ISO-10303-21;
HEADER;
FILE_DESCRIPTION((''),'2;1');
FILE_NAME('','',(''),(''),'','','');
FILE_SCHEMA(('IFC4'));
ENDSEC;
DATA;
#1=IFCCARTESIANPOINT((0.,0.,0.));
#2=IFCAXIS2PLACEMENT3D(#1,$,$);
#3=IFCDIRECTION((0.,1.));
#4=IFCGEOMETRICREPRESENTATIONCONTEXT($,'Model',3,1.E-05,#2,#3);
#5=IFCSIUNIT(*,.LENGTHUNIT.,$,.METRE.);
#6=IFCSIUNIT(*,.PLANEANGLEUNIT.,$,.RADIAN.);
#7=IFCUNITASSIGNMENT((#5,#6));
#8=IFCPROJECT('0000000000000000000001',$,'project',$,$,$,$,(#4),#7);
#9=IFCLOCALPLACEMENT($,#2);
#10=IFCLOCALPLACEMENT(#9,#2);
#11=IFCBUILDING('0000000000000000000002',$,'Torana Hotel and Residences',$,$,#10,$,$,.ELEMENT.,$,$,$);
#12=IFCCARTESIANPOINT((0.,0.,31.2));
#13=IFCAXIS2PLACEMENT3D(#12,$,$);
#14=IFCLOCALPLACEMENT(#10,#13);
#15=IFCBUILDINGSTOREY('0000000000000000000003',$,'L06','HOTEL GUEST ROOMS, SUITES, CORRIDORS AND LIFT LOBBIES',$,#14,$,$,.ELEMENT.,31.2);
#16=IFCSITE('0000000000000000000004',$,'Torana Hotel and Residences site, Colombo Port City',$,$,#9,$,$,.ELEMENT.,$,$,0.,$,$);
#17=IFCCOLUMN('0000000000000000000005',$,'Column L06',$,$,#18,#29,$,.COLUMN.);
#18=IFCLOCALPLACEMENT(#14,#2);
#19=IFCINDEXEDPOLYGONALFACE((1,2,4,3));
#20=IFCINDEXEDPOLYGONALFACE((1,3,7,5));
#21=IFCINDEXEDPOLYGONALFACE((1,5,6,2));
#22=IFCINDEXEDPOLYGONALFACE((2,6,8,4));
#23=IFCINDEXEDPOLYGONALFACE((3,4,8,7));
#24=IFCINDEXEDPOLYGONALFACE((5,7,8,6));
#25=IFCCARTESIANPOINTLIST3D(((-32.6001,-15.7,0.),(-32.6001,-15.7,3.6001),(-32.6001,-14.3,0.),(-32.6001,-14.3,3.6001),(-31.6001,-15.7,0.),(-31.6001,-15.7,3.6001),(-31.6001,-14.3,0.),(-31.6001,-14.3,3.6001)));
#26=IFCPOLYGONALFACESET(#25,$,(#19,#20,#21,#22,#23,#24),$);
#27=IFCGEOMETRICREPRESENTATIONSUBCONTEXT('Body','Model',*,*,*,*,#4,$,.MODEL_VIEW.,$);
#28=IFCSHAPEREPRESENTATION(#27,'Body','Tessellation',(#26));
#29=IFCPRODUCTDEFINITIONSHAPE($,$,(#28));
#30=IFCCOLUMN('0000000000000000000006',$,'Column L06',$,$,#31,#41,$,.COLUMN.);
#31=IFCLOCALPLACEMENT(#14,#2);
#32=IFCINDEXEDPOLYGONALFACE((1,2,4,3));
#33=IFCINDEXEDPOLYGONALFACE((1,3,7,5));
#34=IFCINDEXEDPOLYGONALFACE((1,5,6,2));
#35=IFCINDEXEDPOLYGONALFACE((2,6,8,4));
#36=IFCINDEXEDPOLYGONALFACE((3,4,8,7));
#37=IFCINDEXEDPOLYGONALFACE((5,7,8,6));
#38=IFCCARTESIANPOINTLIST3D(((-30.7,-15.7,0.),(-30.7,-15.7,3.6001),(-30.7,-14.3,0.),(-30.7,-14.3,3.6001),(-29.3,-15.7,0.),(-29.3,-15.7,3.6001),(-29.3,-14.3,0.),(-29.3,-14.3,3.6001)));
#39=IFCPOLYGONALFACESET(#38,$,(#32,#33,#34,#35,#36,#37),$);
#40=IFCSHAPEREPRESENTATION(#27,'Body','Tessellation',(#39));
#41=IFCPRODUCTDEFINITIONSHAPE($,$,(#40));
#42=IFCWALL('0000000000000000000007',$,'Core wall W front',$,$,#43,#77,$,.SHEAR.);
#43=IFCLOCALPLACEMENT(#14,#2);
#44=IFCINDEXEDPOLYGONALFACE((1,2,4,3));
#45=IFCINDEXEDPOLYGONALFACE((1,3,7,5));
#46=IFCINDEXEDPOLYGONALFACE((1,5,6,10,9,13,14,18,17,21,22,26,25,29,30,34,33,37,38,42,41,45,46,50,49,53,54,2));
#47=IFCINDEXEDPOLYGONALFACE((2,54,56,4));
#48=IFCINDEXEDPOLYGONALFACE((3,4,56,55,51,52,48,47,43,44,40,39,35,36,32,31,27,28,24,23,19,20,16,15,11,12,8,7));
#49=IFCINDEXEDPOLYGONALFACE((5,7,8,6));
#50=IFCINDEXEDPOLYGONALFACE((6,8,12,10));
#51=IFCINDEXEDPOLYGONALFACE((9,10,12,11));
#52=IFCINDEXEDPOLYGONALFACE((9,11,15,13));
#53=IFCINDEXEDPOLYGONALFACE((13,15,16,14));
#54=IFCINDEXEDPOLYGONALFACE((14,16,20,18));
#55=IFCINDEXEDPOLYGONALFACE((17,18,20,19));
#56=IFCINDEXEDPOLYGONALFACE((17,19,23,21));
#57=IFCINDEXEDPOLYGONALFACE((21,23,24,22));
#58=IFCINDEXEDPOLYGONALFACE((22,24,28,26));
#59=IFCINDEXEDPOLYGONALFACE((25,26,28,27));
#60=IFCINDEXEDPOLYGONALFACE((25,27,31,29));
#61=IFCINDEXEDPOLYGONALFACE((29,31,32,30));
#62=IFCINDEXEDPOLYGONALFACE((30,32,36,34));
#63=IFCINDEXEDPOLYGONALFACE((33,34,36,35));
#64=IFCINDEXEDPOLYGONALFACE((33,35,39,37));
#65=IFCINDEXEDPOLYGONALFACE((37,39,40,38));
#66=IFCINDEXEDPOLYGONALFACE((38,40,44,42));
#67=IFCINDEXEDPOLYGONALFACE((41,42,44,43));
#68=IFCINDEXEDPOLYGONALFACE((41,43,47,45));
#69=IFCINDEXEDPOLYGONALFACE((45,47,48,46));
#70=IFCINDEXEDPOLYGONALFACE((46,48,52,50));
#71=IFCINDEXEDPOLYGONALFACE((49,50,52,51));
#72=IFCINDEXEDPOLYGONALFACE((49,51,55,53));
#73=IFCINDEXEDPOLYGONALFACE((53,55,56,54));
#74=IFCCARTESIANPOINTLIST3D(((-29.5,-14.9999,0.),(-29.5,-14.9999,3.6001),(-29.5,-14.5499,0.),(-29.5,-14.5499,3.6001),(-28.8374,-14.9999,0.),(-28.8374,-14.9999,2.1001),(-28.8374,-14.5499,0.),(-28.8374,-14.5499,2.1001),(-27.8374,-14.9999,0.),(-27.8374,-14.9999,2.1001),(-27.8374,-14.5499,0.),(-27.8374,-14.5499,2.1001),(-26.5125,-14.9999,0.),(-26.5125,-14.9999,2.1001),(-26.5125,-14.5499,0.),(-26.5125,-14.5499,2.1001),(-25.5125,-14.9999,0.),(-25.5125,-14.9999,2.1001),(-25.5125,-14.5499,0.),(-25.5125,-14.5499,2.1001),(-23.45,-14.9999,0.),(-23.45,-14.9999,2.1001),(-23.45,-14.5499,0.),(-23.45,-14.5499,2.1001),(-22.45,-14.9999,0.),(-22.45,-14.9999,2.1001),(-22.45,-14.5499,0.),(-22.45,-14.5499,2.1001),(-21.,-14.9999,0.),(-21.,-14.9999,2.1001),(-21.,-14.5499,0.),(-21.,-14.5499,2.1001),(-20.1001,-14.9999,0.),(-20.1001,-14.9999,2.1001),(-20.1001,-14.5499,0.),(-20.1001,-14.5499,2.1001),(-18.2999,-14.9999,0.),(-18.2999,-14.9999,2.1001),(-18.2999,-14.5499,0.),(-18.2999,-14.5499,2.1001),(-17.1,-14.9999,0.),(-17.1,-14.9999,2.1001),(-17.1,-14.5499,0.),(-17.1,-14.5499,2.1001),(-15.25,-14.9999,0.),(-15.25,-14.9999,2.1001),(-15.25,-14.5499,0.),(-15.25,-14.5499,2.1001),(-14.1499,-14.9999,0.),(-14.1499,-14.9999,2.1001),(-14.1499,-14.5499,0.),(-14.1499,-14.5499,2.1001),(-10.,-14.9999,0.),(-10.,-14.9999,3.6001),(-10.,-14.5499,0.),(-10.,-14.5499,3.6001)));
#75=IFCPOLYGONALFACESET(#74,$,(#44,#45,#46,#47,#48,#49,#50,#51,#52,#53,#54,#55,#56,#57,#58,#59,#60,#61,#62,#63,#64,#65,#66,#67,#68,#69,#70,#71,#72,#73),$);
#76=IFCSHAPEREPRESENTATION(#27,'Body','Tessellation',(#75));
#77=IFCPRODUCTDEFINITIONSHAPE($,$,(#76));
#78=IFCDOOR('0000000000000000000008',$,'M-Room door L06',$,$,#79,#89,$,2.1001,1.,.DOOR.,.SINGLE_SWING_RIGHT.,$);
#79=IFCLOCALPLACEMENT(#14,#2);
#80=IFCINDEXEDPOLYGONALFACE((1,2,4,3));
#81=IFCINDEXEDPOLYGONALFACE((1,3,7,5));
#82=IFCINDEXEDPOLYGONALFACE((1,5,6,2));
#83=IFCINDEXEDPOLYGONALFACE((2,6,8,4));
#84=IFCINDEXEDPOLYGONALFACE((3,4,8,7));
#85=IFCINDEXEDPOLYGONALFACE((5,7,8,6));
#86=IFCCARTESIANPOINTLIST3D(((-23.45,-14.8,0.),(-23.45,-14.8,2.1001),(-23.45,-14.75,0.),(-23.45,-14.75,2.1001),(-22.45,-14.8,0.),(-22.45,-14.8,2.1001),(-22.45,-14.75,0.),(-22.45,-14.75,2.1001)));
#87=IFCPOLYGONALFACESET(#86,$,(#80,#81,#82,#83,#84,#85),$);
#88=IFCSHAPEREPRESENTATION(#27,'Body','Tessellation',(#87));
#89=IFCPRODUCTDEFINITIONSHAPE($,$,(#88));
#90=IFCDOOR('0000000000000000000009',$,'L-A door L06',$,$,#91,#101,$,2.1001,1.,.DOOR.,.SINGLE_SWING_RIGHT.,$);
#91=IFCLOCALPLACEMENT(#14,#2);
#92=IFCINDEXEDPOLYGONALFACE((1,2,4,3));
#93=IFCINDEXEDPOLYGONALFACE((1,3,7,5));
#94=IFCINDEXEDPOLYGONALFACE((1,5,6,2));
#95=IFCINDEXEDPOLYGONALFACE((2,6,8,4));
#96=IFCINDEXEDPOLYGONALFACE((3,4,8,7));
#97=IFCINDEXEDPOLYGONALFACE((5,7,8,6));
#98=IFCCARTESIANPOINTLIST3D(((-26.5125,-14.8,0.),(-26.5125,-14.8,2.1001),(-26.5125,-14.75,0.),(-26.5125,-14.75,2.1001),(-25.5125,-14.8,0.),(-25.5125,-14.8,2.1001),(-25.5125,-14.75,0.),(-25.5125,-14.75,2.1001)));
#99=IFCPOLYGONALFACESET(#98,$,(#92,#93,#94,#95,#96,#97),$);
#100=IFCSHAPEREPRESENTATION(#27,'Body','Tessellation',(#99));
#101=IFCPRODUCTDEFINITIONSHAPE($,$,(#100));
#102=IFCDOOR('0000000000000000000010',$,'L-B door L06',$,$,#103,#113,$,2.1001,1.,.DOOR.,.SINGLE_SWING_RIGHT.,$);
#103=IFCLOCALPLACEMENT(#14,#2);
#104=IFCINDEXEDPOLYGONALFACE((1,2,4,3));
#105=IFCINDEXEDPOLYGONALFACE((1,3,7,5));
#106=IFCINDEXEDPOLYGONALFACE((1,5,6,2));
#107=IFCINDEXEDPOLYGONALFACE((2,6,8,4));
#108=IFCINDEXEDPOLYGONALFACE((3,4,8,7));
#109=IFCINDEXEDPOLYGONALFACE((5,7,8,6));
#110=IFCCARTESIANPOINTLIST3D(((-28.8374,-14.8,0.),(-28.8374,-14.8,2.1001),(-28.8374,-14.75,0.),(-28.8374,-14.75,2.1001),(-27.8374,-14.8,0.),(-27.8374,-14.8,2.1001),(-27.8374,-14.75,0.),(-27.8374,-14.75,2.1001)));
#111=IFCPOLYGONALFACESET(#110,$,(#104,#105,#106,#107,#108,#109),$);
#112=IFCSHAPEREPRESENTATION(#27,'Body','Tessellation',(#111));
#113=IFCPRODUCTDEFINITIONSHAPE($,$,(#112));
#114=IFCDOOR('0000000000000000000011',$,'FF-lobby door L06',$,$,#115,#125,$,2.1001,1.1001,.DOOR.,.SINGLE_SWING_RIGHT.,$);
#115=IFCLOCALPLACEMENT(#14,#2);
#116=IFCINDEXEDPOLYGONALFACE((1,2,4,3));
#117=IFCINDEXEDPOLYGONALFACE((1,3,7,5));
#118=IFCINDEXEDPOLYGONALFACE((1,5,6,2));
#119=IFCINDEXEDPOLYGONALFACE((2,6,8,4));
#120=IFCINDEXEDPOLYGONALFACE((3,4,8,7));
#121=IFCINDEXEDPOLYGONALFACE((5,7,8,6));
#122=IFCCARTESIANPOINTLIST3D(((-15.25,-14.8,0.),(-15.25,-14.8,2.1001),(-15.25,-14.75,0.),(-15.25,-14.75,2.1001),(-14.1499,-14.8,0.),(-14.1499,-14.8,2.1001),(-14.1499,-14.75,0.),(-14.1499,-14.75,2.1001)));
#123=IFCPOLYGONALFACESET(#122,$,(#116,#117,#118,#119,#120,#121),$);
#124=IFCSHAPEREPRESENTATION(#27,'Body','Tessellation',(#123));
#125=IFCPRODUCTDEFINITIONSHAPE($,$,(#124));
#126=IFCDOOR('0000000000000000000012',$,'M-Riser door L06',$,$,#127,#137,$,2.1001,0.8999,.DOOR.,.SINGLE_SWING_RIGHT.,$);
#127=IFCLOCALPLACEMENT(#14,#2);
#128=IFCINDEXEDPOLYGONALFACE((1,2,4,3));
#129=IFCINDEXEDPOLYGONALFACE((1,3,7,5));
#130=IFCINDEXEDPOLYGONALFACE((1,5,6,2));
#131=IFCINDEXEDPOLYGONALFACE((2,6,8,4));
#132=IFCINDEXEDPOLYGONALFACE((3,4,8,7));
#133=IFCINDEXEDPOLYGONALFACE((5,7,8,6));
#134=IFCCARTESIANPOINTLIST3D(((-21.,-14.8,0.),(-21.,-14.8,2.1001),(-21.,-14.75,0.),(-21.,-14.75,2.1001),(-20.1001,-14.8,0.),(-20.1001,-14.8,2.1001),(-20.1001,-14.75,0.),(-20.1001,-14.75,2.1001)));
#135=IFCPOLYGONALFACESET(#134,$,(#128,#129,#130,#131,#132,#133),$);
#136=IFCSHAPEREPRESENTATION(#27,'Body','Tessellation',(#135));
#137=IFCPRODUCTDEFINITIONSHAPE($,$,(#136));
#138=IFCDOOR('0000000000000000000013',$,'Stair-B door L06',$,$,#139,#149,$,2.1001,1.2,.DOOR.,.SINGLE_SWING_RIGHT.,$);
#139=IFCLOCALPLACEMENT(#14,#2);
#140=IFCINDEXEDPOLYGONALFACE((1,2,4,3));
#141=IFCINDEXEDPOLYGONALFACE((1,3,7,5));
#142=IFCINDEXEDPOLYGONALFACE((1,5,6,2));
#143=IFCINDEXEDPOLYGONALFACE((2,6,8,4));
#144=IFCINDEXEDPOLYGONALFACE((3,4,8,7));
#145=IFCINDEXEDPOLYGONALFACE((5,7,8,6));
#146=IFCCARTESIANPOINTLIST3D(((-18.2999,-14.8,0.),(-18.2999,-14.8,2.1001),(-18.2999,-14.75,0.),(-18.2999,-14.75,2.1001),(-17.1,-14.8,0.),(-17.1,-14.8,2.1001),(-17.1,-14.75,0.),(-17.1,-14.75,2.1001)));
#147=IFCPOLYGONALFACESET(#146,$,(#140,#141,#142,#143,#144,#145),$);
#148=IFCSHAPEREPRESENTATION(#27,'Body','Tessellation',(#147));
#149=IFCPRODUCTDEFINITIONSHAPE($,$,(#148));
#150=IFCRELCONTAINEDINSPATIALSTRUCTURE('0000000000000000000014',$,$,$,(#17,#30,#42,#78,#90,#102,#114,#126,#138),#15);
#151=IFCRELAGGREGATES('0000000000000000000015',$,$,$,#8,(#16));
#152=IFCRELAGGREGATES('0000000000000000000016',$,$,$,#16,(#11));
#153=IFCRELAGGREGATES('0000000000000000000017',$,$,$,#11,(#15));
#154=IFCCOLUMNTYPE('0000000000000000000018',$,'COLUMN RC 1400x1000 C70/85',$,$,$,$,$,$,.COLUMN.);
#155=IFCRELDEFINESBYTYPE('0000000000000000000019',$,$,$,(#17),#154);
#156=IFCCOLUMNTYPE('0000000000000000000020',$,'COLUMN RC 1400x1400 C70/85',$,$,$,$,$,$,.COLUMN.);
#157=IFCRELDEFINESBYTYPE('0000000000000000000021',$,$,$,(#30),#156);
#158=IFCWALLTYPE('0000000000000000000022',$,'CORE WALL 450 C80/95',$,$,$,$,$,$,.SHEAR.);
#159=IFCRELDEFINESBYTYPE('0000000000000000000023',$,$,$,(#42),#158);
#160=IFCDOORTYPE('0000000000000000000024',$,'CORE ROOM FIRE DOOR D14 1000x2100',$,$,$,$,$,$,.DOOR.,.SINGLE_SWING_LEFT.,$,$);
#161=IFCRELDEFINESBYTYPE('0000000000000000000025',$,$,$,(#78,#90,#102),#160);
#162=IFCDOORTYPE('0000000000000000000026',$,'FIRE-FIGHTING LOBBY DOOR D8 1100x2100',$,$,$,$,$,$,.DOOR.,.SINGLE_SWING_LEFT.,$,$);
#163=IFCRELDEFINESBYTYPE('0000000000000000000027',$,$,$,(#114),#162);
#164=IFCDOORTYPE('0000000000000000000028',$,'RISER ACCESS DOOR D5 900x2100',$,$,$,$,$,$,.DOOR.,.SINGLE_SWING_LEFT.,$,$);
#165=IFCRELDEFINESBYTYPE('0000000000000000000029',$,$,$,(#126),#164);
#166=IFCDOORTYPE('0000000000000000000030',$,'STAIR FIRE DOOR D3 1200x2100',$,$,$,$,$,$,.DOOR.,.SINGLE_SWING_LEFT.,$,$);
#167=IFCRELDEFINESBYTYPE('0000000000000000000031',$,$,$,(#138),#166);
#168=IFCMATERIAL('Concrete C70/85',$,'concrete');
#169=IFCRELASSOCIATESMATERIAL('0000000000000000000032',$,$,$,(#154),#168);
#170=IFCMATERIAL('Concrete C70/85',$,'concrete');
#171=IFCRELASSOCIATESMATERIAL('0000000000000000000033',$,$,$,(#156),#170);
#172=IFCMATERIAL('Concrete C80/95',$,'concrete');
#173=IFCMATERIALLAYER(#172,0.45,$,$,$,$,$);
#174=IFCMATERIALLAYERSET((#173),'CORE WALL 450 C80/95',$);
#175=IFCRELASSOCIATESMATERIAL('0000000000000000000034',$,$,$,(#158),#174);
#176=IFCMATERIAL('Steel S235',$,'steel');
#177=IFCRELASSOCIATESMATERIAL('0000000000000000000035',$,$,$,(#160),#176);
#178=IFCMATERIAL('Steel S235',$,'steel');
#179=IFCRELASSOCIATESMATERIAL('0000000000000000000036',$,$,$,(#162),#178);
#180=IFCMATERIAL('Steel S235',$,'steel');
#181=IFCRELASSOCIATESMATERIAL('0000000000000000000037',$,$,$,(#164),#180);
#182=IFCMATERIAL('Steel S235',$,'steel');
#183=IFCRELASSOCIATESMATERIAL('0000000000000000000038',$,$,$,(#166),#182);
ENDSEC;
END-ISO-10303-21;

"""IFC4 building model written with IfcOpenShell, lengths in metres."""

from ifc_helpers import new_model, si_unit, direction, frame, frame_2d, origin, origin_2d, place, context, subcontext, project, spatial, rectangle, extrude, material, layer, layer_set, material_profile, profile_set, type_object, element, fill, save


model = new_model("IFC4")

# Units and contexts
model_context = context("Model", 3, precision=1e-05, world=origin(), true_north=direction((0.0, 1.0)))
body_context = subcontext(model_context, "Body", "Model", "MODEL_VIEW")
ifc_project = project(units=[si_unit("LENGTHUNIT", "METRE"), si_unit("PLANEANGLEUNIT", "RADIAN")], contexts=[model_context])

# Site, building, storey
site_placement = place(None, origin())
site = spatial("IfcSite", under=ifc_project, at=site_placement, Name="Torana Hotel and Residences site, Colombo Port City", CompositionType="ELEMENT", RefElevation=0.0)
building_placement = place(site_placement, origin())
building = spatial("IfcBuilding", under=site, at=building_placement, Name="Torana Hotel and Residences", CompositionType="ELEMENT")
storey_placement = place(building_placement, frame((0.0, 0.0, 31.2)))
storey = spatial("IfcBuildingStorey", under=building, at=storey_placement, Name="L06", Description="HOTEL GUEST ROOMS, SUITES, CORRIDORS AND LIFT LOBBIES", CompositionType="ELEMENT", Elevation=31.2)

# Columns
ifc_material_1 = material(Name="Concrete C70/85", Category="concrete")
ifc_material_profile_1 = material_profile(ifc_material_1, rectangle(XDim=1.3999, YDim=1.0, at=origin_2d()), Name="RC 1400x1000")
ifc_profile_set_1 = profile_set([ifc_material_profile_1], Name="Concrete C70/85")
column_type_1 = type_object("IfcColumnType", Name="COLUMN RC 1400x1000 C70/85", PredefinedType="COLUMN", material=ifc_profile_set_1)
column_1_placement = place(storey_placement, frame((-32.1001, -15.0, 0.0), z_axis=(0.0, 0.0, 1.0), x_axis=(0.0, 1.0, 0.0)))
element("IfcColumn", 1, at=column_1_placement, inside=storey, type_object=column_type_1, Name="Column L06", PredefinedType="COLUMN", context=body_context, shape_type="SweptSolid", body=[
    extrude(rectangle(XDim=1.3999, YDim=1.0, at=origin_2d()), origin(), (0.0, 0.0, 1.0), 3.6001),
])
ifc_material_2 = material(Name="Concrete C70/85", Category="concrete")
ifc_material_profile_2 = material_profile(ifc_material_2, rectangle(XDim=1.3999, YDim=1.3999, at=origin_2d()), Name="RC 1400x1400")
ifc_profile_set_2 = profile_set([ifc_material_profile_2], Name="Concrete C70/85")
column_type_2 = type_object("IfcColumnType", Name="COLUMN RC 1400x1400 C70/85", PredefinedType="COLUMN", material=ifc_profile_set_2)
column_2_placement = place(storey_placement, frame((-30.0, -15.0, 0.0), z_axis=(0.0, 0.0, 1.0), x_axis=(1.0, 0.0, 0.0)))
element("IfcColumn", 2, at=column_2_placement, inside=storey, type_object=column_type_2, Name="Column L06", PredefinedType="COLUMN", context=body_context, shape_type="SweptSolid", body=[
    extrude(rectangle(XDim=1.3999, YDim=1.3999, at=origin_2d()), origin(), (0.0, 0.0, 1.0), 3.6001),
])

# Wall, openings, doors
ifc_material_3 = material(Name="Concrete C80/95", Category="concrete")
ifc_layer = layer(ifc_material_3, 0.45)
ifc_layer_set = layer_set([ifc_layer], Name="CORE WALL 450 C80/95")
wall_type = type_object("IfcWallType", Name="CORE WALL 450 C80/95", PredefinedType="SHEAR", material=ifc_layer_set)
wall_placement = place(storey_placement, frame((-29.5, -14.7749, 0.0), z_axis=(0.0, 0.0, 1.0), x_axis=(1.0, 0.0, 0.0)))
wall = element("IfcWall", 3, at=wall_placement, inside=storey, type_object=wall_type, Name="Core wall W front", PredefinedType="SHEAR", context=body_context, shape_type="SweptSolid", body=[
    extrude(rectangle(XDim=19.5, YDim=0.45, at=frame_2d((9.75, 0.0))), origin(), (0.0, 0.0, 1.0), 3.6001),
])
opening_1_placement = place(wall_placement, frame((11.2, 0.0, 0.0)))
opening_1 = element("IfcOpeningElement", 4, at=opening_1_placement, cuts=wall, PredefinedType="OPENING", context=body_context, shape_type="SweptSolid", body=[
    extrude(rectangle(XDim=1.2, YDim=2.1001, at=frame_2d((0.6001, 1.05))), frame((0.0, 0.2349, 0.0), z_axis=(0.0, -1.0, 0.0), x_axis=(1.0, 0.0, 0.0)), (0.0, 0.0, 1.0), 0.47),
])
opening_2_placement = place(wall_placement, frame((14.25, 0.0, 0.0)))
opening_2 = element("IfcOpeningElement", 5, at=opening_2_placement, cuts=wall, PredefinedType="OPENING", context=body_context, shape_type="SweptSolid", body=[
    extrude(rectangle(XDim=1.1001, YDim=2.1001, at=frame_2d((0.55, 1.05))), frame((0.0, 0.2349, 0.0), z_axis=(0.0, -1.0, 0.0), x_axis=(1.0, 0.0, 0.0)), (0.0, 0.0, 1.0), 0.47),
])
opening_3_placement = place(wall_placement, frame((8.5, 0.0, 0.0)))
opening_3 = element("IfcOpeningElement", 6, at=opening_3_placement, cuts=wall, PredefinedType="OPENING", context=body_context, shape_type="SweptSolid", body=[
    extrude(rectangle(XDim=0.8999, YDim=2.1001, at=frame_2d((0.45, 1.05))), frame((0.0, 0.2349, 0.0), z_axis=(0.0, -1.0, 0.0), x_axis=(1.0, 0.0, 0.0)), (0.0, 0.0, 1.0), 0.47),
])
opening_4_placement = place(wall_placement, frame((6.05, 0.0, 0.0)))
opening_4 = element("IfcOpeningElement", 7, at=opening_4_placement, cuts=wall, PredefinedType="OPENING", context=body_context, shape_type="SweptSolid", body=[
    extrude(rectangle(XDim=1.0, YDim=2.1001, at=frame_2d((0.5, 1.05))), frame((0.0, 0.2349, 0.0), z_axis=(0.0, -1.0, 0.0), x_axis=(1.0, 0.0, 0.0)), (0.0, 0.0, 1.0), 0.47),
])
opening_5_placement = place(wall_placement, frame((2.9875, 0.0, 0.0)))
opening_5 = element("IfcOpeningElement", 8, at=opening_5_placement, cuts=wall, PredefinedType="OPENING", context=body_context, shape_type="SweptSolid", body=[
    extrude(rectangle(XDim=1.0, YDim=2.1001, at=frame_2d((0.5, 1.05))), frame((0.0, 0.2349, 0.0), z_axis=(0.0, -1.0, 0.0), x_axis=(1.0, 0.0, 0.0)), (0.0, 0.0, 1.0), 0.47),
])
opening_6_placement = place(wall_placement, frame((0.6626, 0.0, 0.0)))
opening_6 = element("IfcOpeningElement", 9, at=opening_6_placement, cuts=wall, PredefinedType="OPENING", context=body_context, shape_type="SweptSolid", body=[
    extrude(rectangle(XDim=1.0, YDim=2.1001, at=frame_2d((0.5, 1.05))), frame((0.0, 0.2349, 0.0), z_axis=(0.0, -1.0, 0.0), x_axis=(1.0, 0.0, 0.0)), (0.0, 0.0, 1.0), 0.47),
])
ifc_material_4 = material(Name="Steel S235", Category="steel")
door_type_1 = type_object("IfcDoorType", Name="CORE ROOM FIRE DOOR D14 1000x2100", OperationType="SINGLE_SWING_LEFT", PredefinedType="DOOR", material=ifc_material_4)
door_1_placement = place(opening_4_placement, origin())
door_1 = element("IfcDoor", 10, at=door_1_placement, inside=storey, type_object=door_type_1, Name="M-Room door L06", OperationType="SINGLE_SWING_RIGHT", OverallHeight=2.1001, OverallWidth=1.0, PredefinedType="DOOR", context=body_context, shape_type="SweptSolid", body=[
    extrude(rectangle(XDim=1.0, YDim=2.1001, at=frame_2d((0.5, 1.05))), frame((0.0, 0.0249, 0.0), z_axis=(0.0, -1.0, 0.0), x_axis=(1.0, 0.0, 0.0)), (0.0, 0.0, 1.0), 0.05),
])
fill(opening_4, door_1)
door_2_placement = place(opening_5_placement, origin())
door_2 = element("IfcDoor", 11, at=door_2_placement, inside=storey, type_object=door_type_1, Name="L-A door L06", OperationType="SINGLE_SWING_RIGHT", OverallHeight=2.1001, OverallWidth=1.0, PredefinedType="DOOR", context=body_context, shape_type="SweptSolid", body=[
    extrude(rectangle(XDim=1.0, YDim=2.1001, at=frame_2d((0.5, 1.05))), frame((0.0, 0.0249, 0.0), z_axis=(0.0, -1.0, 0.0), x_axis=(1.0, 0.0, 0.0)), (0.0, 0.0, 1.0), 0.05),
])
fill(opening_5, door_2)
door_3_placement = place(opening_6_placement, origin())
door_3 = element("IfcDoor", 12, at=door_3_placement, inside=storey, type_object=door_type_1, Name="L-B door L06", OperationType="SINGLE_SWING_RIGHT", OverallHeight=2.1001, OverallWidth=1.0, PredefinedType="DOOR", context=body_context, shape_type="SweptSolid", body=[
    extrude(rectangle(XDim=1.0, YDim=2.1001, at=frame_2d((0.5, 1.05))), frame((0.0, 0.0249, 0.0), z_axis=(0.0, -1.0, 0.0), x_axis=(1.0, 0.0, 0.0)), (0.0, 0.0, 1.0), 0.05),
])
fill(opening_6, door_3)
ifc_material_5 = material(Name="Steel S235", Category="steel")
door_type_2 = type_object("IfcDoorType", Name="FIRE-FIGHTING LOBBY DOOR D8 1100x2100", OperationType="SINGLE_SWING_LEFT", PredefinedType="DOOR", material=ifc_material_5)
door_4_placement = place(opening_2_placement, origin())
door_4 = element("IfcDoor", 13, at=door_4_placement, inside=storey, type_object=door_type_2, Name="FF-lobby door L06", OperationType="SINGLE_SWING_RIGHT", OverallHeight=2.1001, OverallWidth=1.1001, PredefinedType="DOOR", context=body_context, shape_type="SweptSolid", body=[
    extrude(rectangle(XDim=1.1001, YDim=2.1001, at=frame_2d((0.55, 1.05))), frame((0.0, 0.0249, 0.0), z_axis=(0.0, -1.0, 0.0), x_axis=(1.0, 0.0, 0.0)), (0.0, 0.0, 1.0), 0.05),
])
fill(opening_2, door_4)
ifc_material_6 = material(Name="Steel S235", Category="steel")
door_type_3 = type_object("IfcDoorType", Name="RISER ACCESS DOOR D5 900x2100", OperationType="SINGLE_SWING_LEFT", PredefinedType="DOOR", material=ifc_material_6)
door_5_placement = place(opening_3_placement, origin())
door_5 = element("IfcDoor", 14, at=door_5_placement, inside=storey, type_object=door_type_3, Name="M-Riser door L06", OperationType="SINGLE_SWING_RIGHT", OverallHeight=2.1001, OverallWidth=0.8999, PredefinedType="DOOR", context=body_context, shape_type="SweptSolid", body=[
    extrude(rectangle(XDim=0.8999, YDim=2.1001, at=frame_2d((0.45, 1.05))), frame((0.0, 0.0249, 0.0), z_axis=(0.0, -1.0, 0.0), x_axis=(1.0, 0.0, 0.0)), (0.0, 0.0, 1.0), 0.05),
])
fill(opening_3, door_5)
ifc_material_7 = material(Name="Steel S235", Category="steel")
door_type_4 = type_object("IfcDoorType", Name="STAIR FIRE DOOR D3 1200x2100", OperationType="SINGLE_SWING_LEFT", PredefinedType="DOOR", material=ifc_material_7)
door_6_placement = place(opening_1_placement, origin())
door_6 = element("IfcDoor", 15, at=door_6_placement, inside=storey, type_object=door_type_4, Name="Stair-B door L06", OperationType="SINGLE_SWING_RIGHT", OverallHeight=2.1001, OverallWidth=1.2, PredefinedType="DOOR", context=body_context, shape_type="SweptSolid", body=[
    extrude(rectangle(XDim=1.2, YDim=2.1001, at=frame_2d((0.6001, 1.05))), frame((0.0, 0.0249, 0.0), z_axis=(0.0, -1.0, 0.0), x_axis=(1.0, 0.0, 0.0)), (0.0, 0.0, 1.0), 0.05),
])
fill(opening_1, door_6)

save(model, "model.ifc")
